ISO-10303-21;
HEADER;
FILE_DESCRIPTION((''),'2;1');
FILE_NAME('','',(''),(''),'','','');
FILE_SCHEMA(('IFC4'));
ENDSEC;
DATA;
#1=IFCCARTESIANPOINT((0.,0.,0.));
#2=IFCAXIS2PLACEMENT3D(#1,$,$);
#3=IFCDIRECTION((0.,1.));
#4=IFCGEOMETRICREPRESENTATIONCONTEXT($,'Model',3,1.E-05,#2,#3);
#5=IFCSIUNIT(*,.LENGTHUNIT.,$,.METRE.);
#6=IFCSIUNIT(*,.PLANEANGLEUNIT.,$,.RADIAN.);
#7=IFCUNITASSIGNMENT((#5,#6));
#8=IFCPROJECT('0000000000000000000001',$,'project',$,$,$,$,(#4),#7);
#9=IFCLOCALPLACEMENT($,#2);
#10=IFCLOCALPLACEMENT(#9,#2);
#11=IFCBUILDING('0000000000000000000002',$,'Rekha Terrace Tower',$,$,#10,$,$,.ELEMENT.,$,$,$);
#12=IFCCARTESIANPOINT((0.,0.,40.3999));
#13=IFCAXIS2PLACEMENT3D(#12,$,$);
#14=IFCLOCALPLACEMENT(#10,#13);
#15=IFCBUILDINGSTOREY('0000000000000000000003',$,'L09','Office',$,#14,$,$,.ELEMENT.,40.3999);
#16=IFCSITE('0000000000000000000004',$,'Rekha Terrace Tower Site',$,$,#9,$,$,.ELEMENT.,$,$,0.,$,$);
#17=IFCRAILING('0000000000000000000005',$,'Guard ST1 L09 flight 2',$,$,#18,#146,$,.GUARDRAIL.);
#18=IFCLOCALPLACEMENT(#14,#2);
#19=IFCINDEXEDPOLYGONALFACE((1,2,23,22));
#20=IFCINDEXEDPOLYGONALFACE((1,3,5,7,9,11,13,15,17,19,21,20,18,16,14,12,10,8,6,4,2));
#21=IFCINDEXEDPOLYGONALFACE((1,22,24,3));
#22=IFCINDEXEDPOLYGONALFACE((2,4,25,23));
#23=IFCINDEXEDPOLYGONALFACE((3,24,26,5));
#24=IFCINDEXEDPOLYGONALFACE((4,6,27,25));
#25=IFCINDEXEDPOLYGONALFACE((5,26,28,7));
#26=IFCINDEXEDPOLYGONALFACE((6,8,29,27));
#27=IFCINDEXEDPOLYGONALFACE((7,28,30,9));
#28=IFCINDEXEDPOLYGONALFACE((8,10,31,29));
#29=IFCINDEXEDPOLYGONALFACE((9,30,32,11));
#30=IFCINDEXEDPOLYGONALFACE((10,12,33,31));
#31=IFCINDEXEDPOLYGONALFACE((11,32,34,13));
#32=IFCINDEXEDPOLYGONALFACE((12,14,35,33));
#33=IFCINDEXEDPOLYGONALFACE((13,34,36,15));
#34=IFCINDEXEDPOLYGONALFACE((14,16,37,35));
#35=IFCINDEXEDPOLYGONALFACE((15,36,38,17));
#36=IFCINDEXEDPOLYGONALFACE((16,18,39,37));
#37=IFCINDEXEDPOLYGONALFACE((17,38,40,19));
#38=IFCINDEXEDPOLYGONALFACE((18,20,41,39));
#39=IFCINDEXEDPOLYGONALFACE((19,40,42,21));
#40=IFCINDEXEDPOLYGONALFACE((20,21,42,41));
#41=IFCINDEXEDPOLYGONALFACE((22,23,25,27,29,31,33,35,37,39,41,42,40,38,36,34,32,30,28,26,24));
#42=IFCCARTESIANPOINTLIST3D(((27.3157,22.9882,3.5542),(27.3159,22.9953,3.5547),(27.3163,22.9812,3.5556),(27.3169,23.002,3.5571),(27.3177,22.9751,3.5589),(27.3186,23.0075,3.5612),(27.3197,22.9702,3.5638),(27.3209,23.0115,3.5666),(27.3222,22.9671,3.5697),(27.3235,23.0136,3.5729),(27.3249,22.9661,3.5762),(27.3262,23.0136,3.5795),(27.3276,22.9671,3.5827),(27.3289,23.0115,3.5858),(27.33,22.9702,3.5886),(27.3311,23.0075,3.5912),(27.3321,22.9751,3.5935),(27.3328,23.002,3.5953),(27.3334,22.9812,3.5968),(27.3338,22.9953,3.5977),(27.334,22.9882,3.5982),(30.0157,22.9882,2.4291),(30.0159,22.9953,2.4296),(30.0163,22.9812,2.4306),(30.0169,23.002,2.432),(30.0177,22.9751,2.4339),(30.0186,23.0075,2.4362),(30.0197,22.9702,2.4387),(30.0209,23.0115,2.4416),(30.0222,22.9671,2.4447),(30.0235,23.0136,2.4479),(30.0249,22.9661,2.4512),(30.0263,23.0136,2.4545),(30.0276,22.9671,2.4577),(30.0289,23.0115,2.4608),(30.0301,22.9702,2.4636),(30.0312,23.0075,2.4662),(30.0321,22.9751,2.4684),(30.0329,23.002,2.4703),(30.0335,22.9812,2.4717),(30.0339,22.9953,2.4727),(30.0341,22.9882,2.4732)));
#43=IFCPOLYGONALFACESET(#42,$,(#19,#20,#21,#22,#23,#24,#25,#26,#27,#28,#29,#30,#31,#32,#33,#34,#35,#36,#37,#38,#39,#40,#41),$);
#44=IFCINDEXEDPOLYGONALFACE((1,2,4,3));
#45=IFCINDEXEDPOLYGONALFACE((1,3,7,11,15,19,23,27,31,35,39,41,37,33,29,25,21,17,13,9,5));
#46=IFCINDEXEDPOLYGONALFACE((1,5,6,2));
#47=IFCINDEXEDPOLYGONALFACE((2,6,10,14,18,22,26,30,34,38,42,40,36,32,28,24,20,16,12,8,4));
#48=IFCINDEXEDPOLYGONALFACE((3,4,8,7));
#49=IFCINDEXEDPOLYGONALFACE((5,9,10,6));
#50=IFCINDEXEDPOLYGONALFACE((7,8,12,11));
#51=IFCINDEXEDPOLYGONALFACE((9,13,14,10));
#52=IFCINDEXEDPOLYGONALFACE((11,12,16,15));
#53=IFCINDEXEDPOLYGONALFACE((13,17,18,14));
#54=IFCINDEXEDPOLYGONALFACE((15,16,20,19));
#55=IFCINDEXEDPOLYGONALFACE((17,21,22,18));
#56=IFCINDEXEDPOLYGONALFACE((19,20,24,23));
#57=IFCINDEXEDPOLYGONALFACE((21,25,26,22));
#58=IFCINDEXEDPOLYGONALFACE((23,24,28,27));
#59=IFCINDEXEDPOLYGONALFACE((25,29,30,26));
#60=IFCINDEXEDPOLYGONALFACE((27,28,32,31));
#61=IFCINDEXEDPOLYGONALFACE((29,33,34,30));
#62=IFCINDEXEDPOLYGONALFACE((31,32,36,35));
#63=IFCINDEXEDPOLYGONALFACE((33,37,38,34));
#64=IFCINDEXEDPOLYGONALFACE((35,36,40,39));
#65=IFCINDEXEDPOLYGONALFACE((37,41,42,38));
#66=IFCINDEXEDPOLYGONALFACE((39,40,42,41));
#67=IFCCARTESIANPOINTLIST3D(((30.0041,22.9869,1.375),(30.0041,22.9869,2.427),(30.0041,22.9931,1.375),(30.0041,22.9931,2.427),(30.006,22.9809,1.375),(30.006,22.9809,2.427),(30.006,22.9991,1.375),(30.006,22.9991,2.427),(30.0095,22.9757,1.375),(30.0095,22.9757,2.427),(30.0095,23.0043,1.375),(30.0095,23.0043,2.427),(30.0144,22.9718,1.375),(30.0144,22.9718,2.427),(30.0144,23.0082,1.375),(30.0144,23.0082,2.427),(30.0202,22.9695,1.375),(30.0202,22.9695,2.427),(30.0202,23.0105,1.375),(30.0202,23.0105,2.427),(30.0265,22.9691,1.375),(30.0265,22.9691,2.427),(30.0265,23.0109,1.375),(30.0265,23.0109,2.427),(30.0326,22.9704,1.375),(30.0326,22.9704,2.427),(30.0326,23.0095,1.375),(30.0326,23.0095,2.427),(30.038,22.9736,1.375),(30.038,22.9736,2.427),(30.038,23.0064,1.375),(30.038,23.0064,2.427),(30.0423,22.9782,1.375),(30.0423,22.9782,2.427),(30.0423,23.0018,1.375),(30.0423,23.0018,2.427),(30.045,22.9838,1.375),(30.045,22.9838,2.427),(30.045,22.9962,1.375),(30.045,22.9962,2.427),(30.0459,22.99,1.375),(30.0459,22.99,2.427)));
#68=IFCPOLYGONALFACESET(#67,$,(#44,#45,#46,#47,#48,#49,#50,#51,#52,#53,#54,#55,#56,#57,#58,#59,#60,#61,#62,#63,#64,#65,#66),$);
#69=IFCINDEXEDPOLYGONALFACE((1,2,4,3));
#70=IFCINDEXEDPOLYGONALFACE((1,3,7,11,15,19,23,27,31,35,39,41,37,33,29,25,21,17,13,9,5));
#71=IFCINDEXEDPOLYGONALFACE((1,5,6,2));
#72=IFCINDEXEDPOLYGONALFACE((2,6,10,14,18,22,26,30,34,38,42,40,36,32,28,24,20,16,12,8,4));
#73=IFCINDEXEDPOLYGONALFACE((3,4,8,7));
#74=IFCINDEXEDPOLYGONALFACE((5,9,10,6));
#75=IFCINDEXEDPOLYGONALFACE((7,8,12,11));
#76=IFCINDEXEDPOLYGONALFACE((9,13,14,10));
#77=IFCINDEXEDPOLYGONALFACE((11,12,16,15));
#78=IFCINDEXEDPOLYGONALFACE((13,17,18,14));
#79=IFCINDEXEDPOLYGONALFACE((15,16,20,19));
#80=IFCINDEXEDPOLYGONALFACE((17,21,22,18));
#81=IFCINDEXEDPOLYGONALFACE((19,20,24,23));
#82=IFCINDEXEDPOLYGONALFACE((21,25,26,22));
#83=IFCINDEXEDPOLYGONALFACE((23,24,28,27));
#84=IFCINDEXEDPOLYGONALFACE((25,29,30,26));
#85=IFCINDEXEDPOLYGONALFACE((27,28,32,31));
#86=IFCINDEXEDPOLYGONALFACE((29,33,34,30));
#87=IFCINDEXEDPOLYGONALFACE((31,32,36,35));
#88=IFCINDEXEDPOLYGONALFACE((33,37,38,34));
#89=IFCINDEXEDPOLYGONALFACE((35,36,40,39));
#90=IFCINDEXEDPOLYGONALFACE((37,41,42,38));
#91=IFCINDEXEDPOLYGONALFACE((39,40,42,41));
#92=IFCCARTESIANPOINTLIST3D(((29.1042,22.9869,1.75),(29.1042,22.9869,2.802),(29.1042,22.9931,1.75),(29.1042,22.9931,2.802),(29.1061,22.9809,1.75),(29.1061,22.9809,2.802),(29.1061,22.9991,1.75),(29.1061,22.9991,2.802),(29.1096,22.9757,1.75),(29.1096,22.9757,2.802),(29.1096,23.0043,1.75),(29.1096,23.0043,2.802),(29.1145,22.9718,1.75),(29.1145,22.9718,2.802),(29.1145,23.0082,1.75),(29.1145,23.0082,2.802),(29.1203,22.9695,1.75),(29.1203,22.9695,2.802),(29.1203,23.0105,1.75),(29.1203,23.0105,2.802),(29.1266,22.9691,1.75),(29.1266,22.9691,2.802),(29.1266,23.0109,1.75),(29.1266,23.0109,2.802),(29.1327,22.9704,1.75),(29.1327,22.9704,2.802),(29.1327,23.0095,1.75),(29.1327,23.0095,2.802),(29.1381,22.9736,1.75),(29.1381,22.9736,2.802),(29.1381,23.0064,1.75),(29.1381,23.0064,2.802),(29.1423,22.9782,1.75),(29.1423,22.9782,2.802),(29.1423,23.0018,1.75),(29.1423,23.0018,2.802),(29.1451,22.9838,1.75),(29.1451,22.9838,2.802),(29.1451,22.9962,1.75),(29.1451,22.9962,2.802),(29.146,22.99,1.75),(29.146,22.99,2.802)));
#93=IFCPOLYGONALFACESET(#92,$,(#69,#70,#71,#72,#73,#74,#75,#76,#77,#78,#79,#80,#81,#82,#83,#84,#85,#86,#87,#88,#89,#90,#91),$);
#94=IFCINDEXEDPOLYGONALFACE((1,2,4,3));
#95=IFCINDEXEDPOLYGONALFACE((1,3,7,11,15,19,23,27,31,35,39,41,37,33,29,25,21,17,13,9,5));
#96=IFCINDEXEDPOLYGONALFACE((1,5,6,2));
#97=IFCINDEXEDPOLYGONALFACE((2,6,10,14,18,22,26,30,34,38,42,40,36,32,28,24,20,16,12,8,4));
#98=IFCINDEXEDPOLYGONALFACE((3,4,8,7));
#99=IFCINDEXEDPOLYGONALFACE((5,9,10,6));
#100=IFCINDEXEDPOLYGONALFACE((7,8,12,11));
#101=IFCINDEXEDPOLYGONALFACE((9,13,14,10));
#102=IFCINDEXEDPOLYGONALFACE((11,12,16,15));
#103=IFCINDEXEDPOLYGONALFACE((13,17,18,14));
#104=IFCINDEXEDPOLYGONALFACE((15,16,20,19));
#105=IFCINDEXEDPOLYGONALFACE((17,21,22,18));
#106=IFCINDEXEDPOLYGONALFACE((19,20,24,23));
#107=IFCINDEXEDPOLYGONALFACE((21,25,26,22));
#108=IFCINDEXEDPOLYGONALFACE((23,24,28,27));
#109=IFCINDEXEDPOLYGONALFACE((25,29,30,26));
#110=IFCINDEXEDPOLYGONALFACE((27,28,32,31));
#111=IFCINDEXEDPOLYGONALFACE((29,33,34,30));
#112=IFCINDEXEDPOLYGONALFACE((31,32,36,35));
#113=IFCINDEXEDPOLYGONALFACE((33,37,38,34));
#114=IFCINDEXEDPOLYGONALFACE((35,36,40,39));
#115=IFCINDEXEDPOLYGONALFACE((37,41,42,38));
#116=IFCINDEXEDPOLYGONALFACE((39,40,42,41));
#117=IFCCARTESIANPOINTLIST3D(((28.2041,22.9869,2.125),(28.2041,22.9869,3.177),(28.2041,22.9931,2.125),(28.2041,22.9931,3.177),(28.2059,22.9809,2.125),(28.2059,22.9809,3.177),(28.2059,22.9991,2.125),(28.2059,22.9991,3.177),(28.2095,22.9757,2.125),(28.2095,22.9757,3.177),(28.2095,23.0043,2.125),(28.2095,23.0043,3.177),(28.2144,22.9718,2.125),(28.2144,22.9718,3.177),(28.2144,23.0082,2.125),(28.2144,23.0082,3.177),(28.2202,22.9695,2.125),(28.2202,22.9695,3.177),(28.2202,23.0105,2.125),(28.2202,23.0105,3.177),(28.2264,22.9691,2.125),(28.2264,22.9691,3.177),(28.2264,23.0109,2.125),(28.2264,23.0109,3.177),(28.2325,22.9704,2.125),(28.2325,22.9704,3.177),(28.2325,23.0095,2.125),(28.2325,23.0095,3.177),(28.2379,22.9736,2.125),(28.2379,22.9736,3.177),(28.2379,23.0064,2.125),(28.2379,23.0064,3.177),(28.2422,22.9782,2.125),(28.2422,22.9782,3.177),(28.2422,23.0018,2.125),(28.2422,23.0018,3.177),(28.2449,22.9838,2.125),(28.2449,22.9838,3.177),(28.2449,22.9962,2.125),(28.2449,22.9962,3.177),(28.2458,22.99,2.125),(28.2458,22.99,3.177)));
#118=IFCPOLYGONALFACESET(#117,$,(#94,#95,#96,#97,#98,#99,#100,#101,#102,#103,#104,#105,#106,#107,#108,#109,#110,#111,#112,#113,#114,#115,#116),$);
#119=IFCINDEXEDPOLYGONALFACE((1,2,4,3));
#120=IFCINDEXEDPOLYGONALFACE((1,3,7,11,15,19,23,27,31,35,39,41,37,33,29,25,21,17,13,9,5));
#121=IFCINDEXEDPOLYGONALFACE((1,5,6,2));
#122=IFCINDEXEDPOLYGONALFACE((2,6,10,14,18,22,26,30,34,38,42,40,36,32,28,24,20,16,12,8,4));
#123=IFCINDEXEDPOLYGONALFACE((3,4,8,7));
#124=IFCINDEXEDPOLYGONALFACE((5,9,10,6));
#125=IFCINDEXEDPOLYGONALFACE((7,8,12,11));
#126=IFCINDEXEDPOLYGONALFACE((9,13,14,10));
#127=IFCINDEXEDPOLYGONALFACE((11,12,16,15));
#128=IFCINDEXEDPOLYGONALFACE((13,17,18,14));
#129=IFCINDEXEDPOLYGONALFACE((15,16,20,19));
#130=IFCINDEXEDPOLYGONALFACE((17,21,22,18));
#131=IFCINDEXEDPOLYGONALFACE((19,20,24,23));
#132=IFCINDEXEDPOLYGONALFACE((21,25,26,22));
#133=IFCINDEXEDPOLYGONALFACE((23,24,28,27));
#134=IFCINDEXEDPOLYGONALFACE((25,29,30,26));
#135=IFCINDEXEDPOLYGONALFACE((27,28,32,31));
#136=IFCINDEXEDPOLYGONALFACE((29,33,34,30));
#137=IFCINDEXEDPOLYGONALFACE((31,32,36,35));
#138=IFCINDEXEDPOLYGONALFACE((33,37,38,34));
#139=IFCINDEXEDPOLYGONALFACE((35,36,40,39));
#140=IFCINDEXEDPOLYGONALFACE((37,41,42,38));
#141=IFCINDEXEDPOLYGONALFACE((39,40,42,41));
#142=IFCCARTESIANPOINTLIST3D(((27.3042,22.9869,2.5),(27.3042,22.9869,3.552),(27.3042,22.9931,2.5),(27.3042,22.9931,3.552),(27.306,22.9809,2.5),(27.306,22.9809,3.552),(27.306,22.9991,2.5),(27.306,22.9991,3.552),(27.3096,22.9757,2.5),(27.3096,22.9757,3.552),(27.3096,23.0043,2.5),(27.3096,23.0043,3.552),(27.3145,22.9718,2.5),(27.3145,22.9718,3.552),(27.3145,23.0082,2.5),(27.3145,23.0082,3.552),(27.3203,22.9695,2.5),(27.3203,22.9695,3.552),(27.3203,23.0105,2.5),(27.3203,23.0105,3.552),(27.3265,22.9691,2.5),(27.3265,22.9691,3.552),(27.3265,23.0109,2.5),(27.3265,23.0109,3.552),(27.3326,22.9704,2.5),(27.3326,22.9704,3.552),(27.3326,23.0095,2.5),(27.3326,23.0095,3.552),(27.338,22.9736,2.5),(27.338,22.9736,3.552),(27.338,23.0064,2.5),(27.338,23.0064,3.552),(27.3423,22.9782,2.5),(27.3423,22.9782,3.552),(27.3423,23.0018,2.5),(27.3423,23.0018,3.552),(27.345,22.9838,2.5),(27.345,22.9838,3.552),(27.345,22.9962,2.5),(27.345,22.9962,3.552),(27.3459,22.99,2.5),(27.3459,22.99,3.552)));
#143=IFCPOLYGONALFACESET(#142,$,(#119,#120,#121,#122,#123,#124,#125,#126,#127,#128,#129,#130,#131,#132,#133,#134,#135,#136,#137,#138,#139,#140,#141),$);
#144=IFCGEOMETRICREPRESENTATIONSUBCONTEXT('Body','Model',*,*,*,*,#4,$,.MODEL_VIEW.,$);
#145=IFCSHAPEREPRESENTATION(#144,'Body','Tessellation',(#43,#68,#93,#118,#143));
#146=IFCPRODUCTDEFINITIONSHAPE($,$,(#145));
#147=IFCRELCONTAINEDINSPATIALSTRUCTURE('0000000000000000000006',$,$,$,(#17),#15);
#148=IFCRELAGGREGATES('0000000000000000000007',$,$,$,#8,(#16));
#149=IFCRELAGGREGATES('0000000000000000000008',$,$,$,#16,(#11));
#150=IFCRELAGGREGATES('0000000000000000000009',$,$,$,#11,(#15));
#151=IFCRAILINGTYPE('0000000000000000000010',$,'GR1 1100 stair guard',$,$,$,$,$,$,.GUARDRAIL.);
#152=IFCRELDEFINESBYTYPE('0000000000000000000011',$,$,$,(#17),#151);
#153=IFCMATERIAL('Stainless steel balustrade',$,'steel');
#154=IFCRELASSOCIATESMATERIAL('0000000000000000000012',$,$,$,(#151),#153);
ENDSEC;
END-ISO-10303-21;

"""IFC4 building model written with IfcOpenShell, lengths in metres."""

from ifc_helpers import new_model, si_unit, direction, frame, origin, origin_2d, place, context, subcontext, project, spatial, circle, extrude, material, type_object, element, save


model = new_model("IFC4")

# Units and contexts
model_context = context("Model", 3, precision=1e-05, world=origin(), true_north=direction((0.0, 1.0)))
body_context = subcontext(model_context, "Body", "Model", "MODEL_VIEW")
ifc_project = project(units=[si_unit("LENGTHUNIT", "METRE"), si_unit("PLANEANGLEUNIT", "RADIAN")], contexts=[model_context])

# Site, building, storey
site_placement = place(None, origin())
site = spatial("IfcSite", under=ifc_project, at=site_placement, Name="Rekha Terrace Tower Site", CompositionType="ELEMENT", RefElevation=0.0)
building_placement = place(site_placement, origin())
building = spatial("IfcBuilding", under=site, at=building_placement, Name="Rekha Terrace Tower", CompositionType="ELEMENT")
storey_placement = place(building_placement, frame((0.0, 0.0, 40.3999)))
storey = spatial("IfcBuildingStorey", under=building, at=storey_placement, Name="L09", Description="Office", CompositionType="ELEMENT", Elevation=40.3999)

# Railing
ifc_material_1 = material(Name="Stainless steel balustrade", Category="steel")
railing_type_1 = type_object("IfcRailingType", Name="GR1 1100 stair guard", PredefinedType="GUARDRAIL", material=ifc_material_1)
railing_1_placement = place(storey_placement, frame((30.0249, 22.99, 1.375)))
element("IfcRailing", 1, at=railing_1_placement, inside=storey, type_object=railing_type_1, Name="Guard ST1 L09 flight 2", PredefinedType="GUARDRAIL", context=body_context, shape_type="SweptSolid", body=[
    extrude(circle(Radius=0.0239, at=origin_2d()), frame((0.0, 0.0, 1.0762), z_axis=(-0.923074, 0.0, 0.384621), x_axis=(0.0, -1.0, 0.0)), (0.0, 0.0, 1.0), 2.925),
    extrude(circle(Radius=0.021, at=origin_2d()), origin(), (0.0, 0.0, 1.0), 1.052),
    extrude(circle(Radius=0.021, at=origin_2d()), frame((-0.8999, 0.0, 0.375)), (0.0, 0.0, 1.0), 1.052),
    extrude(circle(Radius=0.021, at=origin_2d()), frame((-1.8, 0.0, 0.75)), (0.0, 0.0, 1.0), 1.052),
    extrude(circle(Radius=0.021, at=origin_2d()), frame((-2.7, 0.0, 1.125)), (0.0, 0.0, 1.0), 1.052),
])

save(model, "model.ifc")
